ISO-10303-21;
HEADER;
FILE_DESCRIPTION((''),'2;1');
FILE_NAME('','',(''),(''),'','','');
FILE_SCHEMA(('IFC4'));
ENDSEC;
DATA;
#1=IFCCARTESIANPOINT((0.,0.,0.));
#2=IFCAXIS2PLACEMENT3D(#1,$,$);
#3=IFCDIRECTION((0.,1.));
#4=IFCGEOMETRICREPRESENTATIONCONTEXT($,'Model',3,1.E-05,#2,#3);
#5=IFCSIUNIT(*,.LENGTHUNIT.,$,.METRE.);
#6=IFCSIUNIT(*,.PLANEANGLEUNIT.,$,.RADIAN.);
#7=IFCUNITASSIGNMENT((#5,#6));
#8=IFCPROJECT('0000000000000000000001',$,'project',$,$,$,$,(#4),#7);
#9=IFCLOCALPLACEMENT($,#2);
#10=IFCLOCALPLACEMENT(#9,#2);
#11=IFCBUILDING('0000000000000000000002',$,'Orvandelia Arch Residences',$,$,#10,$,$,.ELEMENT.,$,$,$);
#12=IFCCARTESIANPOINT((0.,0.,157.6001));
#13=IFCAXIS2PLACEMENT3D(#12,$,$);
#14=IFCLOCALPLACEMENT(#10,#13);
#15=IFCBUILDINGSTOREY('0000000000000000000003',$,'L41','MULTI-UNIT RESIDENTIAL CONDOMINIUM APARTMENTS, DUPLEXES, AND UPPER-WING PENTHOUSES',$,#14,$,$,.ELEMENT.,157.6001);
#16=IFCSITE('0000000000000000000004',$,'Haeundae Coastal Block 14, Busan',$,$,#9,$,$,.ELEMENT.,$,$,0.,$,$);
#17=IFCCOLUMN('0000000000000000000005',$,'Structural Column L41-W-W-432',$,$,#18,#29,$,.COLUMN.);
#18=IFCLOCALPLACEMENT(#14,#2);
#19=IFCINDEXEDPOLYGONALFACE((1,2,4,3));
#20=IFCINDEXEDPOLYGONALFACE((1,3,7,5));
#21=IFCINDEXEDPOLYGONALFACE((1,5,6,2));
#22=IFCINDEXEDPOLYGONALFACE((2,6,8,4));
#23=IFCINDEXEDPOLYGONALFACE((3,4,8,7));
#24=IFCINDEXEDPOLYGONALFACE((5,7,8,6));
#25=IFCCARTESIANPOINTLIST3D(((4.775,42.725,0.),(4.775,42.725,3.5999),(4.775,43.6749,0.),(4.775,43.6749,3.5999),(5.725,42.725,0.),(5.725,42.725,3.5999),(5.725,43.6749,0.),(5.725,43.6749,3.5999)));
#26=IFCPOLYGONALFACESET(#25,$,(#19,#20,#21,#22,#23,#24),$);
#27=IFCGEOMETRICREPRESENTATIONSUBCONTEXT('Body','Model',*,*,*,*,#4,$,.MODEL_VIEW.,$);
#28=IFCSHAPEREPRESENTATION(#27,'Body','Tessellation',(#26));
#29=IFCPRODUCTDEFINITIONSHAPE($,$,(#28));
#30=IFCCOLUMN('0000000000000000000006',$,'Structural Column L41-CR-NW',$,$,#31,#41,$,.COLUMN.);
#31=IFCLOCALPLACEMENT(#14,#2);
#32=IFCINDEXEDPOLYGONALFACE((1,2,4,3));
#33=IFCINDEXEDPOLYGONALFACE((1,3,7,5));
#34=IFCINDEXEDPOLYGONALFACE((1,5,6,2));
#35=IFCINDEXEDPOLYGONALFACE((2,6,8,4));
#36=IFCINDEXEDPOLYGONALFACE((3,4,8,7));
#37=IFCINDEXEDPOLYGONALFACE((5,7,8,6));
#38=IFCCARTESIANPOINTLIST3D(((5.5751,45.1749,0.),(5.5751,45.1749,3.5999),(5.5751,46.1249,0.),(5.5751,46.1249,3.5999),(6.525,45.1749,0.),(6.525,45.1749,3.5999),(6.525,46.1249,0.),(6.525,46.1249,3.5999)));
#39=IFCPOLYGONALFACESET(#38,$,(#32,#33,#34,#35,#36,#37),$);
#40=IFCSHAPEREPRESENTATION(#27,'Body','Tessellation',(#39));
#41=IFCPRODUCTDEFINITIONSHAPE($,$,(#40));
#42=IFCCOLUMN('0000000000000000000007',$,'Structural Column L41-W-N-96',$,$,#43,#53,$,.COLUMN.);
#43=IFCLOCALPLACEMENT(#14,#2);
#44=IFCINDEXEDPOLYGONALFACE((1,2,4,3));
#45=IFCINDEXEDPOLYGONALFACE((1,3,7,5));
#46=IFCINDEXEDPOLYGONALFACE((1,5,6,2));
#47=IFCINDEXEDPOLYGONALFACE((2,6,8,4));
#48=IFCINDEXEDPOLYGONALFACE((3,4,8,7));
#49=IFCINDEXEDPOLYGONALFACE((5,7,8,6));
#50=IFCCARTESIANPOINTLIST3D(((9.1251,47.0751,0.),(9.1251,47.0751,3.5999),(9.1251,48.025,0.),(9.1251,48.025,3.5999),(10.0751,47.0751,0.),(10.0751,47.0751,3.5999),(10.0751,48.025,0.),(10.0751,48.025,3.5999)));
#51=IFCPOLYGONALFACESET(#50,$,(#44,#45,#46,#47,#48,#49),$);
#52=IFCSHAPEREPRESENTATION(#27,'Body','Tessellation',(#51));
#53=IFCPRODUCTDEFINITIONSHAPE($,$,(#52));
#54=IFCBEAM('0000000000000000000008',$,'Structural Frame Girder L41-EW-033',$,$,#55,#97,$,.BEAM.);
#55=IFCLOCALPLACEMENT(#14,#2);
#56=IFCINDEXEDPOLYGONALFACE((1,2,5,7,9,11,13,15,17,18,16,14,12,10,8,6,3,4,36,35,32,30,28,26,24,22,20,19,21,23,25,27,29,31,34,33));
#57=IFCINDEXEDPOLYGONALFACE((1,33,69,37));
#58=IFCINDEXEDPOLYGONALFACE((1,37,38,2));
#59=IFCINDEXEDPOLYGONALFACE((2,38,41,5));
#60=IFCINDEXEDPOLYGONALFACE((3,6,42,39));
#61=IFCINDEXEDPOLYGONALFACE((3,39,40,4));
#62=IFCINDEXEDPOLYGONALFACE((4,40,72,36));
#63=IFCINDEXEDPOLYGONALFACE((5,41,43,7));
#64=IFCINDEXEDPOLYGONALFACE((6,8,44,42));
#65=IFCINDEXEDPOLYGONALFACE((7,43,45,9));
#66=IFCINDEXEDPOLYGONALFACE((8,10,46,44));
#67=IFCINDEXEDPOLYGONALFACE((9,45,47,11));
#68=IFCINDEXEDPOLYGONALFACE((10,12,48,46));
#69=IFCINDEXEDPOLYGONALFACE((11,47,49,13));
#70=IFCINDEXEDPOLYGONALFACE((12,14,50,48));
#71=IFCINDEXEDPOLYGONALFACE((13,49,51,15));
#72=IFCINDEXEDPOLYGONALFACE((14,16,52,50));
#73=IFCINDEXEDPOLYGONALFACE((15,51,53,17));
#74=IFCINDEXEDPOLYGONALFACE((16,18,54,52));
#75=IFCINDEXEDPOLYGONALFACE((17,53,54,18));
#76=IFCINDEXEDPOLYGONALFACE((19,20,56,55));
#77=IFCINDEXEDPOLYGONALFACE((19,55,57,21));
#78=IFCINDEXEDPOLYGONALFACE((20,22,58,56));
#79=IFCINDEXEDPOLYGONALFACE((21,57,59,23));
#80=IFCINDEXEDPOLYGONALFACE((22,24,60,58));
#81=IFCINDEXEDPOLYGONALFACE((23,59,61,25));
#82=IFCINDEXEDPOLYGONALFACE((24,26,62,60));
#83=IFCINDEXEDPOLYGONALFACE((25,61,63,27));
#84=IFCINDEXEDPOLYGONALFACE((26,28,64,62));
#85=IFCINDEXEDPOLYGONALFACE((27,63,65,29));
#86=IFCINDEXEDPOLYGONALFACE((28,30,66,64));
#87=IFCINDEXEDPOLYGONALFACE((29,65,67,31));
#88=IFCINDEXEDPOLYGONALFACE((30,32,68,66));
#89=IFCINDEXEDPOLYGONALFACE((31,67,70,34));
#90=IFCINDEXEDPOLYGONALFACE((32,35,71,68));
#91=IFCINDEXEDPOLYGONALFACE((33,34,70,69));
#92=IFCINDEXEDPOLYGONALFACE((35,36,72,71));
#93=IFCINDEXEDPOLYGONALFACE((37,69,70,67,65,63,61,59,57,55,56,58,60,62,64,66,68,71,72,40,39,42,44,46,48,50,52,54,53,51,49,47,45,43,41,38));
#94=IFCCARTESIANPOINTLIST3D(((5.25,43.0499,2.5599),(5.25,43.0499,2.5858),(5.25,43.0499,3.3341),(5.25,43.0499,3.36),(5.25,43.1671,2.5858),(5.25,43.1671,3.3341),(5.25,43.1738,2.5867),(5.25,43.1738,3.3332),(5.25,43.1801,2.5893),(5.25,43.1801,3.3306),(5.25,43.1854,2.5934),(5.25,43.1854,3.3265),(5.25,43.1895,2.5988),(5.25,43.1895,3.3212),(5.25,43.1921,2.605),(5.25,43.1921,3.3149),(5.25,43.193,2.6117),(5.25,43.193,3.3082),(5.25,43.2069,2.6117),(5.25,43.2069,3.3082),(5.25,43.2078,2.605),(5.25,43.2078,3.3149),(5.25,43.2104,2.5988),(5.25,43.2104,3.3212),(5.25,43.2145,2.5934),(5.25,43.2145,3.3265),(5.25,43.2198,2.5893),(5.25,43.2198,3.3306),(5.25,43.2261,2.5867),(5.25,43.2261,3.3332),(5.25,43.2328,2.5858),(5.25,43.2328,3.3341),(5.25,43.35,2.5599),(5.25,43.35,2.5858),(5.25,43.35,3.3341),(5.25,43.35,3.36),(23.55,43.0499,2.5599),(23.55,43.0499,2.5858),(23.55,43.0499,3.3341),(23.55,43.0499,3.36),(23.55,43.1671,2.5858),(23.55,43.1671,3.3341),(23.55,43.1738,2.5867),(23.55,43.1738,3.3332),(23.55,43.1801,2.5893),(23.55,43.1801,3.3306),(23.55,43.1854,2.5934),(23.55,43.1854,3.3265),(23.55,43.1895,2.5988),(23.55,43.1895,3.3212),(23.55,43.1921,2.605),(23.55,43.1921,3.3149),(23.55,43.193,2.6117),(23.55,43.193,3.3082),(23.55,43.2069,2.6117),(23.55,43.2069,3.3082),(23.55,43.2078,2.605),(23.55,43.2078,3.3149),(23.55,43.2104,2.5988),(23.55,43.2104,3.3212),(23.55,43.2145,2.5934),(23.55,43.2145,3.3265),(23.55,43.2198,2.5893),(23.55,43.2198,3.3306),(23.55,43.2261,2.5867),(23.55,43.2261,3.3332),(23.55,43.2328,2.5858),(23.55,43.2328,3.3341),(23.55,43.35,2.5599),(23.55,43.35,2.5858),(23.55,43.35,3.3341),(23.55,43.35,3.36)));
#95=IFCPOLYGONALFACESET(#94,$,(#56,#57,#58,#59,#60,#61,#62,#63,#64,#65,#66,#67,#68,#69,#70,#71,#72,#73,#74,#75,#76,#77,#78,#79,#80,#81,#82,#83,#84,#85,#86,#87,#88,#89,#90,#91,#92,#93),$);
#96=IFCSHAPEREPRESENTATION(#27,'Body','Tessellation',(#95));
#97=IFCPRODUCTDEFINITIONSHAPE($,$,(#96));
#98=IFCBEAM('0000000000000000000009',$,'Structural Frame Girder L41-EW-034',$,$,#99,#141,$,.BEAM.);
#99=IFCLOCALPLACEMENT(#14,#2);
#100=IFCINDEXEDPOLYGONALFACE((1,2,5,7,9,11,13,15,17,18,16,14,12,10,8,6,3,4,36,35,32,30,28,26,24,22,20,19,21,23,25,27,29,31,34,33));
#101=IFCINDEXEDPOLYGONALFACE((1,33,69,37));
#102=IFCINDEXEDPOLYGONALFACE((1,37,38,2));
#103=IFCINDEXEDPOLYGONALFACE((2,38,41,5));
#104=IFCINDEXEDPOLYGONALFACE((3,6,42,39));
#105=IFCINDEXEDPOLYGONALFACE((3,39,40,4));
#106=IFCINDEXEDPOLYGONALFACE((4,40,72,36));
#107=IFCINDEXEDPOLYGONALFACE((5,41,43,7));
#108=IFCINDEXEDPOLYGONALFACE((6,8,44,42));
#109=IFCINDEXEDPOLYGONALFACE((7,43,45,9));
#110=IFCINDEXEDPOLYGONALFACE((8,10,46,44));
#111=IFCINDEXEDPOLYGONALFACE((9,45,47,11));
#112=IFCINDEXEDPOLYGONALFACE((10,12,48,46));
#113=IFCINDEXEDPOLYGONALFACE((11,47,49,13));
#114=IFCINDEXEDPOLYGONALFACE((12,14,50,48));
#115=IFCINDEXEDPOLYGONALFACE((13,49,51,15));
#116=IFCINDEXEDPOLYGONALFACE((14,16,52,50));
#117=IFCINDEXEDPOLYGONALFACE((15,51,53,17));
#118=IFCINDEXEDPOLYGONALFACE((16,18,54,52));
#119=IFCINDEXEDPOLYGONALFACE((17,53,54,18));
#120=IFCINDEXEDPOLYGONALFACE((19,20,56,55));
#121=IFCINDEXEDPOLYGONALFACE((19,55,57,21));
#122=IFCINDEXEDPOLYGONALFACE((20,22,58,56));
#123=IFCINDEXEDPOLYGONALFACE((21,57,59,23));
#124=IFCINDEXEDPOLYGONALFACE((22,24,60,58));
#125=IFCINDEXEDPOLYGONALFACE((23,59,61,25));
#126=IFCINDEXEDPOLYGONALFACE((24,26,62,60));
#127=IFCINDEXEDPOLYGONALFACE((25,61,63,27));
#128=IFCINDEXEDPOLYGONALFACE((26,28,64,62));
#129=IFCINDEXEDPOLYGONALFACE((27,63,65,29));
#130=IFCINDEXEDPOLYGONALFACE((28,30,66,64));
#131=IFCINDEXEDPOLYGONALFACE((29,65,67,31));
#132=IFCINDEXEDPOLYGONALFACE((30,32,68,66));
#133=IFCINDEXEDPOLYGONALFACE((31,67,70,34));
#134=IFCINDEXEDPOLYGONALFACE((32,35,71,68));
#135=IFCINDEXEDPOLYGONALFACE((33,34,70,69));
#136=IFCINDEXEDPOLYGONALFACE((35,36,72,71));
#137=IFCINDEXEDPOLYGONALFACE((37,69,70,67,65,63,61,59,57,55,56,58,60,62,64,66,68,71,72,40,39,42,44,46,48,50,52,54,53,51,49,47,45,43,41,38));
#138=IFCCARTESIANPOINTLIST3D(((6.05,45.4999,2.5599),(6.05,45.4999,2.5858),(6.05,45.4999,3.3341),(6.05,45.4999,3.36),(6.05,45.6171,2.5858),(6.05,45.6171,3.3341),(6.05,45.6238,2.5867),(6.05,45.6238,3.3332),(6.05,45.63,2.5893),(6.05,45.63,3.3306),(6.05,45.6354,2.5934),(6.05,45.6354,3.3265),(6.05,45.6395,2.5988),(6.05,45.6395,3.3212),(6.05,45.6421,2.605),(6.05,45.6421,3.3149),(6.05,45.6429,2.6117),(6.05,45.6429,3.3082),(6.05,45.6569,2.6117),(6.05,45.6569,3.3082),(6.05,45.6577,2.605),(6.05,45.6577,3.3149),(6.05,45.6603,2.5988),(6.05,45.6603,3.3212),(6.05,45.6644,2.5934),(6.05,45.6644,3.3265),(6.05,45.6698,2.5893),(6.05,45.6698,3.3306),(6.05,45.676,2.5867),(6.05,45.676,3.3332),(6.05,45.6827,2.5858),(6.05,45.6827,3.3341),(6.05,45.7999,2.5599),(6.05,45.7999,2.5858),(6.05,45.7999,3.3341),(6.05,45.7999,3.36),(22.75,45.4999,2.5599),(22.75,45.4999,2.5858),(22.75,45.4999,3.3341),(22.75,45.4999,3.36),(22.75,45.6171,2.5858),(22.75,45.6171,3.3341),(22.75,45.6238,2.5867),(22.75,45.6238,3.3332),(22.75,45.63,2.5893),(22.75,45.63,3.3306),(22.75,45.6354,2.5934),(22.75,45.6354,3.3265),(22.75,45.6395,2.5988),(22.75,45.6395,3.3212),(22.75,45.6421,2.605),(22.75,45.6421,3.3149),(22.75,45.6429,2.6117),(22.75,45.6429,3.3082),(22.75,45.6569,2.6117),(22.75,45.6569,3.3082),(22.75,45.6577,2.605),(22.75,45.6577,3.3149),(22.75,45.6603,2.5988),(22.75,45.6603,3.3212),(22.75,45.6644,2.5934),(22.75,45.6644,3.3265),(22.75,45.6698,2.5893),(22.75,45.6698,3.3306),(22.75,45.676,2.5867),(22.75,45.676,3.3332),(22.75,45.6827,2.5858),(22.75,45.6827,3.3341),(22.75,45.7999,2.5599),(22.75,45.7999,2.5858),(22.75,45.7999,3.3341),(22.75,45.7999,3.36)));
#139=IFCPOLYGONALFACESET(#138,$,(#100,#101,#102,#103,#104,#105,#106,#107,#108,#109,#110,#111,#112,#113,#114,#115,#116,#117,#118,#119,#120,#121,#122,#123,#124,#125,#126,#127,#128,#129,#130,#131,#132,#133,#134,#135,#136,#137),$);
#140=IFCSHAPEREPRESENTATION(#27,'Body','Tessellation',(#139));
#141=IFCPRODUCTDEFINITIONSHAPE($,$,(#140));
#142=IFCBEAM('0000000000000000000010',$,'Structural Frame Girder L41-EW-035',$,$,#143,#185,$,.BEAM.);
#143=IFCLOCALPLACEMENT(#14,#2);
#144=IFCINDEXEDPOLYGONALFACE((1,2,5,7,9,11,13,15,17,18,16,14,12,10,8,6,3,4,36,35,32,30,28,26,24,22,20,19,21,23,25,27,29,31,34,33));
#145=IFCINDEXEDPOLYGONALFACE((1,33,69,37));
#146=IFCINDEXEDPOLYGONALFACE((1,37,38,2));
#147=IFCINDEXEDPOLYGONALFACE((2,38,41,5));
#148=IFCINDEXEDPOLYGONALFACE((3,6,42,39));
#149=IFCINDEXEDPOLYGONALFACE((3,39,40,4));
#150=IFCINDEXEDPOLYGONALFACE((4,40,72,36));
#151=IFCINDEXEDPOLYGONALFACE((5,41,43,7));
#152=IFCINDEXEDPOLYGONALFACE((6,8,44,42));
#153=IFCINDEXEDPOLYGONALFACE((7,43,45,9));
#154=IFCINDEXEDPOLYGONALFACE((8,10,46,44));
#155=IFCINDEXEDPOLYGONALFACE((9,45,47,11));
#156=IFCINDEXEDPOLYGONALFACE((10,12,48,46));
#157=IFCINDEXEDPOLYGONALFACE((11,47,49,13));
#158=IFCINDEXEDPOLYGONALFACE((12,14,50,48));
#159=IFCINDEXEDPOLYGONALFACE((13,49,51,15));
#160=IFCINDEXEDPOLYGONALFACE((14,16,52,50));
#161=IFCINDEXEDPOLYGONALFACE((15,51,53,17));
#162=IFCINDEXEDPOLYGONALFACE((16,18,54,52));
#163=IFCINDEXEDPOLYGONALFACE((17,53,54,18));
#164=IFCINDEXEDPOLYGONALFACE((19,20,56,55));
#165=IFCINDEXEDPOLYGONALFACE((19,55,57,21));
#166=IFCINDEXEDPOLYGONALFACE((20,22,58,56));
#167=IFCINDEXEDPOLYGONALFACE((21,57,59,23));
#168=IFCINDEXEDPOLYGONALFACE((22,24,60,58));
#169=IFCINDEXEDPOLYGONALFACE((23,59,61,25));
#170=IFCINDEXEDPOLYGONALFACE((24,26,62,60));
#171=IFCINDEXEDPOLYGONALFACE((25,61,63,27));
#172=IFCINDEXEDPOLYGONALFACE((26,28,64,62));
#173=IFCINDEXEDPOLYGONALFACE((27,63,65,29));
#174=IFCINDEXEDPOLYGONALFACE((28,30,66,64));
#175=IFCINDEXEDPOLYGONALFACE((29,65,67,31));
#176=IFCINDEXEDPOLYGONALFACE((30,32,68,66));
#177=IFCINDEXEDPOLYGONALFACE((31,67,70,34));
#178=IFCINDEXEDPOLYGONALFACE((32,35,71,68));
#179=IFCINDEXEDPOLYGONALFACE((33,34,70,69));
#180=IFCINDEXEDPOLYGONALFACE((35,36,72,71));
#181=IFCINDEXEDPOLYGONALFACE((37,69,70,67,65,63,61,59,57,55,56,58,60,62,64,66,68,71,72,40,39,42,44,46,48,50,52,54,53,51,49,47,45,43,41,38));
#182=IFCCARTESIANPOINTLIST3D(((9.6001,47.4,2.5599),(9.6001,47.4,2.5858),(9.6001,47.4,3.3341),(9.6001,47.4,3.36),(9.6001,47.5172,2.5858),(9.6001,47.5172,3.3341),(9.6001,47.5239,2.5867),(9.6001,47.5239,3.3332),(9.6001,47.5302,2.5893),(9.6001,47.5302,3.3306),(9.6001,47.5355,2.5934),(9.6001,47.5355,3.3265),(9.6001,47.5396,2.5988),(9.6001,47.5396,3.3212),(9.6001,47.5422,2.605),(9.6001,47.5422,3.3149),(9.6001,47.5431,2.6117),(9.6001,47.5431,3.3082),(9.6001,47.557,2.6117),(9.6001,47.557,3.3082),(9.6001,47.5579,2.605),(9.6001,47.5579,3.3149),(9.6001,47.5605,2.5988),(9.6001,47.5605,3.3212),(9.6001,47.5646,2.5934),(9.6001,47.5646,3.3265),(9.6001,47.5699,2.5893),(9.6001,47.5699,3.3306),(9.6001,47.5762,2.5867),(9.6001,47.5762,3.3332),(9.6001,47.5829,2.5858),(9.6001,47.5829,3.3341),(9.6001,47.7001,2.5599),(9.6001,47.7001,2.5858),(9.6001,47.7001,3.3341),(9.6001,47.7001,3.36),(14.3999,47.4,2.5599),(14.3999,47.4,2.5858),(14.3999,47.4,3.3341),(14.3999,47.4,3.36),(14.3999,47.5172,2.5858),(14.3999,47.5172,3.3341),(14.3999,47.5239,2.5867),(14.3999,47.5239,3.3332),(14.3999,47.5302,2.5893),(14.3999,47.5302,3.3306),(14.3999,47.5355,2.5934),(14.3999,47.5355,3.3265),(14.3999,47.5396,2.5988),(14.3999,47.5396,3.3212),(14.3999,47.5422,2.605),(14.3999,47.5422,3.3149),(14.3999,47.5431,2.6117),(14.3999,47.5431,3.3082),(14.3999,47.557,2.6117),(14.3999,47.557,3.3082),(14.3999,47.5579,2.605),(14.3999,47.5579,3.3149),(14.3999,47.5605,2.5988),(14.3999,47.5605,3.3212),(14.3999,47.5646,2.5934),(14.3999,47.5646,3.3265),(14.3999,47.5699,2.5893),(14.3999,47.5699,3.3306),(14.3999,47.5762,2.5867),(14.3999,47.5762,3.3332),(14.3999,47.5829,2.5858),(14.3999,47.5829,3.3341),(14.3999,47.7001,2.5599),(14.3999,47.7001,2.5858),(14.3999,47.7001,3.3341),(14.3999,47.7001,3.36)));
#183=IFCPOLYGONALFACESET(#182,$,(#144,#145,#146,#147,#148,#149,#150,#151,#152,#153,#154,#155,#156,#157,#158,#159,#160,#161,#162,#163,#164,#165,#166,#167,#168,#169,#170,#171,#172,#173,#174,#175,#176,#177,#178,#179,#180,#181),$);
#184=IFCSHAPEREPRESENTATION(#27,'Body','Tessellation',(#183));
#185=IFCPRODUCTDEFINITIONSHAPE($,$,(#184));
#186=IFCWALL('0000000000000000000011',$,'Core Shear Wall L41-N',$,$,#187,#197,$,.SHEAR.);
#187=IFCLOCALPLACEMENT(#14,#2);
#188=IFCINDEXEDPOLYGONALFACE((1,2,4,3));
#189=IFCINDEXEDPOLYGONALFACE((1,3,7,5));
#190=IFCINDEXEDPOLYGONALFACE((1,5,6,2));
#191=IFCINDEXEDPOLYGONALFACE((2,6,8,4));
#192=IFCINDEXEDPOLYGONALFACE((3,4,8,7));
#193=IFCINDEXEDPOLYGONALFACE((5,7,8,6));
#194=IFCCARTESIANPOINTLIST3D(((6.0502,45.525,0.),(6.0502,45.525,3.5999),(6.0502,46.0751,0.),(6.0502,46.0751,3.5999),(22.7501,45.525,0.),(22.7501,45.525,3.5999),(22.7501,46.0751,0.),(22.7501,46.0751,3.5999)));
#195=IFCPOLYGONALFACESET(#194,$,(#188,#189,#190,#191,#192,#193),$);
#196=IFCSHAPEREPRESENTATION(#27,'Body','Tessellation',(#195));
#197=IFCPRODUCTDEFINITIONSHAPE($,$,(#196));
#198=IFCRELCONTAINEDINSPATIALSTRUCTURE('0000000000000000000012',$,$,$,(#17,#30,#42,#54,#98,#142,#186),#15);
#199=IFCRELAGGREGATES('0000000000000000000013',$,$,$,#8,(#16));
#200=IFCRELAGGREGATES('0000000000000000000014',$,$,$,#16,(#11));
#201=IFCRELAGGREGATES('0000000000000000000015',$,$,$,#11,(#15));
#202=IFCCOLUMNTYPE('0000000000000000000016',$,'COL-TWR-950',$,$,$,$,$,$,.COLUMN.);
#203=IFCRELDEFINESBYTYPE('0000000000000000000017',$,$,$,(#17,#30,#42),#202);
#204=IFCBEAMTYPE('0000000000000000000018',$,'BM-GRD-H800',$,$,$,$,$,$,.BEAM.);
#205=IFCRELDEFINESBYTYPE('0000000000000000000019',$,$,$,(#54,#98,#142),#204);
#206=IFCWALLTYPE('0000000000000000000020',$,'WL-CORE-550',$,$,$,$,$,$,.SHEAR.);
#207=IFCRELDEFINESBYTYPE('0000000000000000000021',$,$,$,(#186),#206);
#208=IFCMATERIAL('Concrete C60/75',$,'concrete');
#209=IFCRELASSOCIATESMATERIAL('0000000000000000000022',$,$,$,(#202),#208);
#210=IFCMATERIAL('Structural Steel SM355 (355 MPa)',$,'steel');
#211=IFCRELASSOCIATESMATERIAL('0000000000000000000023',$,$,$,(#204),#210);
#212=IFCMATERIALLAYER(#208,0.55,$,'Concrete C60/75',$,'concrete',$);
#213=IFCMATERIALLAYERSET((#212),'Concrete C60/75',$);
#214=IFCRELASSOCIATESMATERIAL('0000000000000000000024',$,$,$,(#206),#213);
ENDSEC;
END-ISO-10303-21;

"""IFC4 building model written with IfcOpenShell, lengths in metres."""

from ifc_helpers import new_model, si_unit, direction, frame, frame_2d, origin, origin_2d, place, context, subcontext, project, spatial, rectangle, i_section, extrude, material, layer, layer_set, material_profile, profile_set, type_object, element, save


model = new_model("IFC4")

# Units and contexts
model_context = context("Model", 3, precision=1e-05, world=origin(), true_north=direction((0.0, 1.0)))
body_context = subcontext(model_context, "Body", "Model", "MODEL_VIEW")
ifc_project = project(units=[si_unit("LENGTHUNIT", "METRE"), si_unit("PLANEANGLEUNIT", "RADIAN")], contexts=[model_context])

# Site, building, storey
site_placement = place(None, origin())
site = spatial("IfcSite", under=ifc_project, at=site_placement, Name="Haeundae Coastal Block 14, Busan", CompositionType="ELEMENT", RefElevation=0.0)
building_placement = place(site_placement, origin())
building = spatial("IfcBuilding", under=site, at=building_placement, Name="Orvandelia Arch Residences", CompositionType="ELEMENT")
storey_placement = place(building_placement, frame((0.0, 0.0, 157.6001)))
storey = spatial("IfcBuildingStorey", under=building, at=storey_placement, Name="L41", Description="MULTI-UNIT RESIDENTIAL CONDOMINIUM APARTMENTS, DUPLEXES, AND UPPER-WING PENTHOUSES", CompositionType="ELEMENT", Elevation=157.6001)

# Columns
ifc_material_1 = material(Name="Concrete C60/75", Category="concrete")
ifc_material_profile_1 = material_profile(ifc_material_1, rectangle(XDim=0.95, YDim=0.95, at=origin_2d()), Name="Concrete C60/75", Category="concrete")
ifc_profile_set_1 = profile_set([ifc_material_profile_1], Name="Concrete C60/75")
column_type = type_object("IfcColumnType", Name="COL-TWR-950", PredefinedType="COLUMN", material=ifc_profile_set_1)
for number, where, z_axis, x_axis, name in (
    (1, (5.25, 43.2, 0.0), (0.0, 0.0, 1.0), (1.0, 0.0, 0.0), "Structural Column L41-W-W-432"),
    (2, (6.05, 45.6499, 0.0), (0.0, 0.0, 1.0), (1.0, 0.0, 0.0), "Structural Column L41-CR-NW"),
    (3, (9.6001, 47.55, 0.0), (0.0, 0.0, 1.0), (1.0, 0.0, 0.0), "Structural Column L41-W-N-96"),
):
    element("IfcColumn", number, at=place(storey_placement, frame(where, z_axis=z_axis, x_axis=x_axis)), inside=storey, type_object=column_type, Name=name, PredefinedType="COLUMN", context=body_context, shape_type="SweptSolid", body=[
        extrude(rectangle(XDim=0.95, YDim=0.95, at=origin_2d()), origin(), (0.0, 0.0, 1.0), 3.5999),
    ])

# Beams
ifc_material_2 = material(Name="Structural Steel SM355 (355 MPa)", Category="steel")
ifc_material_profile_2 = material_profile(ifc_material_2, i_section(OverallWidth=0.3, OverallDepth=0.8, WebThickness=0.0139, FlangeThickness=0.0259, FilletRadius=0.0259, at=origin_2d()), Name="Structural Steel SM355 (355 MPa)", Category="steel")
ifc_profile_set_2 = profile_set([ifc_material_profile_2], Name="Structural Steel SM355 (355 MPa)")
beam_type = type_object("IfcBeamType", Name="BM-GRD-H800", PredefinedType="BEAM", material=ifc_profile_set_2)
beam_1_placement = place(storey_placement, frame((5.25, 43.2, 2.96), z_axis=(1.0, 0.0, 0.0), x_axis=(0.0, 1.0, 0.0)))
element("IfcBeam", 4, at=beam_1_placement, inside=storey, type_object=beam_type, Name="Structural Frame Girder L41-EW-033", PredefinedType="BEAM", context=body_context, shape_type="SweptSolid", body=[
    extrude(i_section(OverallWidth=0.3, OverallDepth=0.8, WebThickness=0.0139, FlangeThickness=0.0259, FilletRadius=0.0259, at=origin_2d()), origin(), (0.0, 0.0, 1.0), 18.3),
])
beam_2_placement = place(storey_placement, frame((6.05, 45.6499, 2.96), z_axis=(1.0, 0.0, 0.0), x_axis=(0.0, 1.0, 0.0)))
element("IfcBeam", 5, at=beam_2_placement, inside=storey, type_object=beam_type, Name="Structural Frame Girder L41-EW-034", PredefinedType="BEAM", context=body_context, shape_type="SweptSolid", body=[
    extrude(i_section(OverallWidth=0.3, OverallDepth=0.8, WebThickness=0.0139, FlangeThickness=0.0259, FilletRadius=0.0259, at=origin_2d()), origin(), (0.0, 0.0, 1.0), 16.7),
])
beam_3_placement = place(storey_placement, frame((9.6001, 47.55, 2.96), z_axis=(1.0, 0.0, 0.0), x_axis=(0.0, 1.0, 0.0)))
element("IfcBeam", 6, at=beam_3_placement, inside=storey, type_object=beam_type, Name="Structural Frame Girder L41-EW-035", PredefinedType="BEAM", context=body_context, shape_type="SweptSolid", body=[
    extrude(i_section(OverallWidth=0.3, OverallDepth=0.8, WebThickness=0.0139, FlangeThickness=0.0259, FilletRadius=0.0259, at=origin_2d()), origin(), (0.0, 0.0, 1.0), 4.7998),
])

# Wall
ifc_layer_1 = layer(ifc_material_1, 0.55, Name="Concrete C60/75", Category="concrete")
ifc_layer_set_1 = layer_set([ifc_layer_1], Name="Concrete C60/75")
wall_type_1 = type_object("IfcWallType", Name="WL-CORE-550", PredefinedType="SHEAR", material=ifc_layer_set_1)
wall_1_placement = place(storey_placement, frame((6.05, 45.8, 0.0), z_axis=(0.0, 0.0, 1.0), x_axis=(1.0, 0.0, 0.0)))
element("IfcWall", 7, at=wall_1_placement, inside=storey, type_object=wall_type_1, Name="Core Shear Wall L41-N", PredefinedType="SHEAR", context=body_context, shape_type="SweptSolid", body=[
    extrude(rectangle(XDim=16.7, YDim=0.55, at=frame_2d((8.3501, 0.0))), origin(), (0.0, 0.0, 1.0), 3.5999),
])

save(model, "model.ifc")
